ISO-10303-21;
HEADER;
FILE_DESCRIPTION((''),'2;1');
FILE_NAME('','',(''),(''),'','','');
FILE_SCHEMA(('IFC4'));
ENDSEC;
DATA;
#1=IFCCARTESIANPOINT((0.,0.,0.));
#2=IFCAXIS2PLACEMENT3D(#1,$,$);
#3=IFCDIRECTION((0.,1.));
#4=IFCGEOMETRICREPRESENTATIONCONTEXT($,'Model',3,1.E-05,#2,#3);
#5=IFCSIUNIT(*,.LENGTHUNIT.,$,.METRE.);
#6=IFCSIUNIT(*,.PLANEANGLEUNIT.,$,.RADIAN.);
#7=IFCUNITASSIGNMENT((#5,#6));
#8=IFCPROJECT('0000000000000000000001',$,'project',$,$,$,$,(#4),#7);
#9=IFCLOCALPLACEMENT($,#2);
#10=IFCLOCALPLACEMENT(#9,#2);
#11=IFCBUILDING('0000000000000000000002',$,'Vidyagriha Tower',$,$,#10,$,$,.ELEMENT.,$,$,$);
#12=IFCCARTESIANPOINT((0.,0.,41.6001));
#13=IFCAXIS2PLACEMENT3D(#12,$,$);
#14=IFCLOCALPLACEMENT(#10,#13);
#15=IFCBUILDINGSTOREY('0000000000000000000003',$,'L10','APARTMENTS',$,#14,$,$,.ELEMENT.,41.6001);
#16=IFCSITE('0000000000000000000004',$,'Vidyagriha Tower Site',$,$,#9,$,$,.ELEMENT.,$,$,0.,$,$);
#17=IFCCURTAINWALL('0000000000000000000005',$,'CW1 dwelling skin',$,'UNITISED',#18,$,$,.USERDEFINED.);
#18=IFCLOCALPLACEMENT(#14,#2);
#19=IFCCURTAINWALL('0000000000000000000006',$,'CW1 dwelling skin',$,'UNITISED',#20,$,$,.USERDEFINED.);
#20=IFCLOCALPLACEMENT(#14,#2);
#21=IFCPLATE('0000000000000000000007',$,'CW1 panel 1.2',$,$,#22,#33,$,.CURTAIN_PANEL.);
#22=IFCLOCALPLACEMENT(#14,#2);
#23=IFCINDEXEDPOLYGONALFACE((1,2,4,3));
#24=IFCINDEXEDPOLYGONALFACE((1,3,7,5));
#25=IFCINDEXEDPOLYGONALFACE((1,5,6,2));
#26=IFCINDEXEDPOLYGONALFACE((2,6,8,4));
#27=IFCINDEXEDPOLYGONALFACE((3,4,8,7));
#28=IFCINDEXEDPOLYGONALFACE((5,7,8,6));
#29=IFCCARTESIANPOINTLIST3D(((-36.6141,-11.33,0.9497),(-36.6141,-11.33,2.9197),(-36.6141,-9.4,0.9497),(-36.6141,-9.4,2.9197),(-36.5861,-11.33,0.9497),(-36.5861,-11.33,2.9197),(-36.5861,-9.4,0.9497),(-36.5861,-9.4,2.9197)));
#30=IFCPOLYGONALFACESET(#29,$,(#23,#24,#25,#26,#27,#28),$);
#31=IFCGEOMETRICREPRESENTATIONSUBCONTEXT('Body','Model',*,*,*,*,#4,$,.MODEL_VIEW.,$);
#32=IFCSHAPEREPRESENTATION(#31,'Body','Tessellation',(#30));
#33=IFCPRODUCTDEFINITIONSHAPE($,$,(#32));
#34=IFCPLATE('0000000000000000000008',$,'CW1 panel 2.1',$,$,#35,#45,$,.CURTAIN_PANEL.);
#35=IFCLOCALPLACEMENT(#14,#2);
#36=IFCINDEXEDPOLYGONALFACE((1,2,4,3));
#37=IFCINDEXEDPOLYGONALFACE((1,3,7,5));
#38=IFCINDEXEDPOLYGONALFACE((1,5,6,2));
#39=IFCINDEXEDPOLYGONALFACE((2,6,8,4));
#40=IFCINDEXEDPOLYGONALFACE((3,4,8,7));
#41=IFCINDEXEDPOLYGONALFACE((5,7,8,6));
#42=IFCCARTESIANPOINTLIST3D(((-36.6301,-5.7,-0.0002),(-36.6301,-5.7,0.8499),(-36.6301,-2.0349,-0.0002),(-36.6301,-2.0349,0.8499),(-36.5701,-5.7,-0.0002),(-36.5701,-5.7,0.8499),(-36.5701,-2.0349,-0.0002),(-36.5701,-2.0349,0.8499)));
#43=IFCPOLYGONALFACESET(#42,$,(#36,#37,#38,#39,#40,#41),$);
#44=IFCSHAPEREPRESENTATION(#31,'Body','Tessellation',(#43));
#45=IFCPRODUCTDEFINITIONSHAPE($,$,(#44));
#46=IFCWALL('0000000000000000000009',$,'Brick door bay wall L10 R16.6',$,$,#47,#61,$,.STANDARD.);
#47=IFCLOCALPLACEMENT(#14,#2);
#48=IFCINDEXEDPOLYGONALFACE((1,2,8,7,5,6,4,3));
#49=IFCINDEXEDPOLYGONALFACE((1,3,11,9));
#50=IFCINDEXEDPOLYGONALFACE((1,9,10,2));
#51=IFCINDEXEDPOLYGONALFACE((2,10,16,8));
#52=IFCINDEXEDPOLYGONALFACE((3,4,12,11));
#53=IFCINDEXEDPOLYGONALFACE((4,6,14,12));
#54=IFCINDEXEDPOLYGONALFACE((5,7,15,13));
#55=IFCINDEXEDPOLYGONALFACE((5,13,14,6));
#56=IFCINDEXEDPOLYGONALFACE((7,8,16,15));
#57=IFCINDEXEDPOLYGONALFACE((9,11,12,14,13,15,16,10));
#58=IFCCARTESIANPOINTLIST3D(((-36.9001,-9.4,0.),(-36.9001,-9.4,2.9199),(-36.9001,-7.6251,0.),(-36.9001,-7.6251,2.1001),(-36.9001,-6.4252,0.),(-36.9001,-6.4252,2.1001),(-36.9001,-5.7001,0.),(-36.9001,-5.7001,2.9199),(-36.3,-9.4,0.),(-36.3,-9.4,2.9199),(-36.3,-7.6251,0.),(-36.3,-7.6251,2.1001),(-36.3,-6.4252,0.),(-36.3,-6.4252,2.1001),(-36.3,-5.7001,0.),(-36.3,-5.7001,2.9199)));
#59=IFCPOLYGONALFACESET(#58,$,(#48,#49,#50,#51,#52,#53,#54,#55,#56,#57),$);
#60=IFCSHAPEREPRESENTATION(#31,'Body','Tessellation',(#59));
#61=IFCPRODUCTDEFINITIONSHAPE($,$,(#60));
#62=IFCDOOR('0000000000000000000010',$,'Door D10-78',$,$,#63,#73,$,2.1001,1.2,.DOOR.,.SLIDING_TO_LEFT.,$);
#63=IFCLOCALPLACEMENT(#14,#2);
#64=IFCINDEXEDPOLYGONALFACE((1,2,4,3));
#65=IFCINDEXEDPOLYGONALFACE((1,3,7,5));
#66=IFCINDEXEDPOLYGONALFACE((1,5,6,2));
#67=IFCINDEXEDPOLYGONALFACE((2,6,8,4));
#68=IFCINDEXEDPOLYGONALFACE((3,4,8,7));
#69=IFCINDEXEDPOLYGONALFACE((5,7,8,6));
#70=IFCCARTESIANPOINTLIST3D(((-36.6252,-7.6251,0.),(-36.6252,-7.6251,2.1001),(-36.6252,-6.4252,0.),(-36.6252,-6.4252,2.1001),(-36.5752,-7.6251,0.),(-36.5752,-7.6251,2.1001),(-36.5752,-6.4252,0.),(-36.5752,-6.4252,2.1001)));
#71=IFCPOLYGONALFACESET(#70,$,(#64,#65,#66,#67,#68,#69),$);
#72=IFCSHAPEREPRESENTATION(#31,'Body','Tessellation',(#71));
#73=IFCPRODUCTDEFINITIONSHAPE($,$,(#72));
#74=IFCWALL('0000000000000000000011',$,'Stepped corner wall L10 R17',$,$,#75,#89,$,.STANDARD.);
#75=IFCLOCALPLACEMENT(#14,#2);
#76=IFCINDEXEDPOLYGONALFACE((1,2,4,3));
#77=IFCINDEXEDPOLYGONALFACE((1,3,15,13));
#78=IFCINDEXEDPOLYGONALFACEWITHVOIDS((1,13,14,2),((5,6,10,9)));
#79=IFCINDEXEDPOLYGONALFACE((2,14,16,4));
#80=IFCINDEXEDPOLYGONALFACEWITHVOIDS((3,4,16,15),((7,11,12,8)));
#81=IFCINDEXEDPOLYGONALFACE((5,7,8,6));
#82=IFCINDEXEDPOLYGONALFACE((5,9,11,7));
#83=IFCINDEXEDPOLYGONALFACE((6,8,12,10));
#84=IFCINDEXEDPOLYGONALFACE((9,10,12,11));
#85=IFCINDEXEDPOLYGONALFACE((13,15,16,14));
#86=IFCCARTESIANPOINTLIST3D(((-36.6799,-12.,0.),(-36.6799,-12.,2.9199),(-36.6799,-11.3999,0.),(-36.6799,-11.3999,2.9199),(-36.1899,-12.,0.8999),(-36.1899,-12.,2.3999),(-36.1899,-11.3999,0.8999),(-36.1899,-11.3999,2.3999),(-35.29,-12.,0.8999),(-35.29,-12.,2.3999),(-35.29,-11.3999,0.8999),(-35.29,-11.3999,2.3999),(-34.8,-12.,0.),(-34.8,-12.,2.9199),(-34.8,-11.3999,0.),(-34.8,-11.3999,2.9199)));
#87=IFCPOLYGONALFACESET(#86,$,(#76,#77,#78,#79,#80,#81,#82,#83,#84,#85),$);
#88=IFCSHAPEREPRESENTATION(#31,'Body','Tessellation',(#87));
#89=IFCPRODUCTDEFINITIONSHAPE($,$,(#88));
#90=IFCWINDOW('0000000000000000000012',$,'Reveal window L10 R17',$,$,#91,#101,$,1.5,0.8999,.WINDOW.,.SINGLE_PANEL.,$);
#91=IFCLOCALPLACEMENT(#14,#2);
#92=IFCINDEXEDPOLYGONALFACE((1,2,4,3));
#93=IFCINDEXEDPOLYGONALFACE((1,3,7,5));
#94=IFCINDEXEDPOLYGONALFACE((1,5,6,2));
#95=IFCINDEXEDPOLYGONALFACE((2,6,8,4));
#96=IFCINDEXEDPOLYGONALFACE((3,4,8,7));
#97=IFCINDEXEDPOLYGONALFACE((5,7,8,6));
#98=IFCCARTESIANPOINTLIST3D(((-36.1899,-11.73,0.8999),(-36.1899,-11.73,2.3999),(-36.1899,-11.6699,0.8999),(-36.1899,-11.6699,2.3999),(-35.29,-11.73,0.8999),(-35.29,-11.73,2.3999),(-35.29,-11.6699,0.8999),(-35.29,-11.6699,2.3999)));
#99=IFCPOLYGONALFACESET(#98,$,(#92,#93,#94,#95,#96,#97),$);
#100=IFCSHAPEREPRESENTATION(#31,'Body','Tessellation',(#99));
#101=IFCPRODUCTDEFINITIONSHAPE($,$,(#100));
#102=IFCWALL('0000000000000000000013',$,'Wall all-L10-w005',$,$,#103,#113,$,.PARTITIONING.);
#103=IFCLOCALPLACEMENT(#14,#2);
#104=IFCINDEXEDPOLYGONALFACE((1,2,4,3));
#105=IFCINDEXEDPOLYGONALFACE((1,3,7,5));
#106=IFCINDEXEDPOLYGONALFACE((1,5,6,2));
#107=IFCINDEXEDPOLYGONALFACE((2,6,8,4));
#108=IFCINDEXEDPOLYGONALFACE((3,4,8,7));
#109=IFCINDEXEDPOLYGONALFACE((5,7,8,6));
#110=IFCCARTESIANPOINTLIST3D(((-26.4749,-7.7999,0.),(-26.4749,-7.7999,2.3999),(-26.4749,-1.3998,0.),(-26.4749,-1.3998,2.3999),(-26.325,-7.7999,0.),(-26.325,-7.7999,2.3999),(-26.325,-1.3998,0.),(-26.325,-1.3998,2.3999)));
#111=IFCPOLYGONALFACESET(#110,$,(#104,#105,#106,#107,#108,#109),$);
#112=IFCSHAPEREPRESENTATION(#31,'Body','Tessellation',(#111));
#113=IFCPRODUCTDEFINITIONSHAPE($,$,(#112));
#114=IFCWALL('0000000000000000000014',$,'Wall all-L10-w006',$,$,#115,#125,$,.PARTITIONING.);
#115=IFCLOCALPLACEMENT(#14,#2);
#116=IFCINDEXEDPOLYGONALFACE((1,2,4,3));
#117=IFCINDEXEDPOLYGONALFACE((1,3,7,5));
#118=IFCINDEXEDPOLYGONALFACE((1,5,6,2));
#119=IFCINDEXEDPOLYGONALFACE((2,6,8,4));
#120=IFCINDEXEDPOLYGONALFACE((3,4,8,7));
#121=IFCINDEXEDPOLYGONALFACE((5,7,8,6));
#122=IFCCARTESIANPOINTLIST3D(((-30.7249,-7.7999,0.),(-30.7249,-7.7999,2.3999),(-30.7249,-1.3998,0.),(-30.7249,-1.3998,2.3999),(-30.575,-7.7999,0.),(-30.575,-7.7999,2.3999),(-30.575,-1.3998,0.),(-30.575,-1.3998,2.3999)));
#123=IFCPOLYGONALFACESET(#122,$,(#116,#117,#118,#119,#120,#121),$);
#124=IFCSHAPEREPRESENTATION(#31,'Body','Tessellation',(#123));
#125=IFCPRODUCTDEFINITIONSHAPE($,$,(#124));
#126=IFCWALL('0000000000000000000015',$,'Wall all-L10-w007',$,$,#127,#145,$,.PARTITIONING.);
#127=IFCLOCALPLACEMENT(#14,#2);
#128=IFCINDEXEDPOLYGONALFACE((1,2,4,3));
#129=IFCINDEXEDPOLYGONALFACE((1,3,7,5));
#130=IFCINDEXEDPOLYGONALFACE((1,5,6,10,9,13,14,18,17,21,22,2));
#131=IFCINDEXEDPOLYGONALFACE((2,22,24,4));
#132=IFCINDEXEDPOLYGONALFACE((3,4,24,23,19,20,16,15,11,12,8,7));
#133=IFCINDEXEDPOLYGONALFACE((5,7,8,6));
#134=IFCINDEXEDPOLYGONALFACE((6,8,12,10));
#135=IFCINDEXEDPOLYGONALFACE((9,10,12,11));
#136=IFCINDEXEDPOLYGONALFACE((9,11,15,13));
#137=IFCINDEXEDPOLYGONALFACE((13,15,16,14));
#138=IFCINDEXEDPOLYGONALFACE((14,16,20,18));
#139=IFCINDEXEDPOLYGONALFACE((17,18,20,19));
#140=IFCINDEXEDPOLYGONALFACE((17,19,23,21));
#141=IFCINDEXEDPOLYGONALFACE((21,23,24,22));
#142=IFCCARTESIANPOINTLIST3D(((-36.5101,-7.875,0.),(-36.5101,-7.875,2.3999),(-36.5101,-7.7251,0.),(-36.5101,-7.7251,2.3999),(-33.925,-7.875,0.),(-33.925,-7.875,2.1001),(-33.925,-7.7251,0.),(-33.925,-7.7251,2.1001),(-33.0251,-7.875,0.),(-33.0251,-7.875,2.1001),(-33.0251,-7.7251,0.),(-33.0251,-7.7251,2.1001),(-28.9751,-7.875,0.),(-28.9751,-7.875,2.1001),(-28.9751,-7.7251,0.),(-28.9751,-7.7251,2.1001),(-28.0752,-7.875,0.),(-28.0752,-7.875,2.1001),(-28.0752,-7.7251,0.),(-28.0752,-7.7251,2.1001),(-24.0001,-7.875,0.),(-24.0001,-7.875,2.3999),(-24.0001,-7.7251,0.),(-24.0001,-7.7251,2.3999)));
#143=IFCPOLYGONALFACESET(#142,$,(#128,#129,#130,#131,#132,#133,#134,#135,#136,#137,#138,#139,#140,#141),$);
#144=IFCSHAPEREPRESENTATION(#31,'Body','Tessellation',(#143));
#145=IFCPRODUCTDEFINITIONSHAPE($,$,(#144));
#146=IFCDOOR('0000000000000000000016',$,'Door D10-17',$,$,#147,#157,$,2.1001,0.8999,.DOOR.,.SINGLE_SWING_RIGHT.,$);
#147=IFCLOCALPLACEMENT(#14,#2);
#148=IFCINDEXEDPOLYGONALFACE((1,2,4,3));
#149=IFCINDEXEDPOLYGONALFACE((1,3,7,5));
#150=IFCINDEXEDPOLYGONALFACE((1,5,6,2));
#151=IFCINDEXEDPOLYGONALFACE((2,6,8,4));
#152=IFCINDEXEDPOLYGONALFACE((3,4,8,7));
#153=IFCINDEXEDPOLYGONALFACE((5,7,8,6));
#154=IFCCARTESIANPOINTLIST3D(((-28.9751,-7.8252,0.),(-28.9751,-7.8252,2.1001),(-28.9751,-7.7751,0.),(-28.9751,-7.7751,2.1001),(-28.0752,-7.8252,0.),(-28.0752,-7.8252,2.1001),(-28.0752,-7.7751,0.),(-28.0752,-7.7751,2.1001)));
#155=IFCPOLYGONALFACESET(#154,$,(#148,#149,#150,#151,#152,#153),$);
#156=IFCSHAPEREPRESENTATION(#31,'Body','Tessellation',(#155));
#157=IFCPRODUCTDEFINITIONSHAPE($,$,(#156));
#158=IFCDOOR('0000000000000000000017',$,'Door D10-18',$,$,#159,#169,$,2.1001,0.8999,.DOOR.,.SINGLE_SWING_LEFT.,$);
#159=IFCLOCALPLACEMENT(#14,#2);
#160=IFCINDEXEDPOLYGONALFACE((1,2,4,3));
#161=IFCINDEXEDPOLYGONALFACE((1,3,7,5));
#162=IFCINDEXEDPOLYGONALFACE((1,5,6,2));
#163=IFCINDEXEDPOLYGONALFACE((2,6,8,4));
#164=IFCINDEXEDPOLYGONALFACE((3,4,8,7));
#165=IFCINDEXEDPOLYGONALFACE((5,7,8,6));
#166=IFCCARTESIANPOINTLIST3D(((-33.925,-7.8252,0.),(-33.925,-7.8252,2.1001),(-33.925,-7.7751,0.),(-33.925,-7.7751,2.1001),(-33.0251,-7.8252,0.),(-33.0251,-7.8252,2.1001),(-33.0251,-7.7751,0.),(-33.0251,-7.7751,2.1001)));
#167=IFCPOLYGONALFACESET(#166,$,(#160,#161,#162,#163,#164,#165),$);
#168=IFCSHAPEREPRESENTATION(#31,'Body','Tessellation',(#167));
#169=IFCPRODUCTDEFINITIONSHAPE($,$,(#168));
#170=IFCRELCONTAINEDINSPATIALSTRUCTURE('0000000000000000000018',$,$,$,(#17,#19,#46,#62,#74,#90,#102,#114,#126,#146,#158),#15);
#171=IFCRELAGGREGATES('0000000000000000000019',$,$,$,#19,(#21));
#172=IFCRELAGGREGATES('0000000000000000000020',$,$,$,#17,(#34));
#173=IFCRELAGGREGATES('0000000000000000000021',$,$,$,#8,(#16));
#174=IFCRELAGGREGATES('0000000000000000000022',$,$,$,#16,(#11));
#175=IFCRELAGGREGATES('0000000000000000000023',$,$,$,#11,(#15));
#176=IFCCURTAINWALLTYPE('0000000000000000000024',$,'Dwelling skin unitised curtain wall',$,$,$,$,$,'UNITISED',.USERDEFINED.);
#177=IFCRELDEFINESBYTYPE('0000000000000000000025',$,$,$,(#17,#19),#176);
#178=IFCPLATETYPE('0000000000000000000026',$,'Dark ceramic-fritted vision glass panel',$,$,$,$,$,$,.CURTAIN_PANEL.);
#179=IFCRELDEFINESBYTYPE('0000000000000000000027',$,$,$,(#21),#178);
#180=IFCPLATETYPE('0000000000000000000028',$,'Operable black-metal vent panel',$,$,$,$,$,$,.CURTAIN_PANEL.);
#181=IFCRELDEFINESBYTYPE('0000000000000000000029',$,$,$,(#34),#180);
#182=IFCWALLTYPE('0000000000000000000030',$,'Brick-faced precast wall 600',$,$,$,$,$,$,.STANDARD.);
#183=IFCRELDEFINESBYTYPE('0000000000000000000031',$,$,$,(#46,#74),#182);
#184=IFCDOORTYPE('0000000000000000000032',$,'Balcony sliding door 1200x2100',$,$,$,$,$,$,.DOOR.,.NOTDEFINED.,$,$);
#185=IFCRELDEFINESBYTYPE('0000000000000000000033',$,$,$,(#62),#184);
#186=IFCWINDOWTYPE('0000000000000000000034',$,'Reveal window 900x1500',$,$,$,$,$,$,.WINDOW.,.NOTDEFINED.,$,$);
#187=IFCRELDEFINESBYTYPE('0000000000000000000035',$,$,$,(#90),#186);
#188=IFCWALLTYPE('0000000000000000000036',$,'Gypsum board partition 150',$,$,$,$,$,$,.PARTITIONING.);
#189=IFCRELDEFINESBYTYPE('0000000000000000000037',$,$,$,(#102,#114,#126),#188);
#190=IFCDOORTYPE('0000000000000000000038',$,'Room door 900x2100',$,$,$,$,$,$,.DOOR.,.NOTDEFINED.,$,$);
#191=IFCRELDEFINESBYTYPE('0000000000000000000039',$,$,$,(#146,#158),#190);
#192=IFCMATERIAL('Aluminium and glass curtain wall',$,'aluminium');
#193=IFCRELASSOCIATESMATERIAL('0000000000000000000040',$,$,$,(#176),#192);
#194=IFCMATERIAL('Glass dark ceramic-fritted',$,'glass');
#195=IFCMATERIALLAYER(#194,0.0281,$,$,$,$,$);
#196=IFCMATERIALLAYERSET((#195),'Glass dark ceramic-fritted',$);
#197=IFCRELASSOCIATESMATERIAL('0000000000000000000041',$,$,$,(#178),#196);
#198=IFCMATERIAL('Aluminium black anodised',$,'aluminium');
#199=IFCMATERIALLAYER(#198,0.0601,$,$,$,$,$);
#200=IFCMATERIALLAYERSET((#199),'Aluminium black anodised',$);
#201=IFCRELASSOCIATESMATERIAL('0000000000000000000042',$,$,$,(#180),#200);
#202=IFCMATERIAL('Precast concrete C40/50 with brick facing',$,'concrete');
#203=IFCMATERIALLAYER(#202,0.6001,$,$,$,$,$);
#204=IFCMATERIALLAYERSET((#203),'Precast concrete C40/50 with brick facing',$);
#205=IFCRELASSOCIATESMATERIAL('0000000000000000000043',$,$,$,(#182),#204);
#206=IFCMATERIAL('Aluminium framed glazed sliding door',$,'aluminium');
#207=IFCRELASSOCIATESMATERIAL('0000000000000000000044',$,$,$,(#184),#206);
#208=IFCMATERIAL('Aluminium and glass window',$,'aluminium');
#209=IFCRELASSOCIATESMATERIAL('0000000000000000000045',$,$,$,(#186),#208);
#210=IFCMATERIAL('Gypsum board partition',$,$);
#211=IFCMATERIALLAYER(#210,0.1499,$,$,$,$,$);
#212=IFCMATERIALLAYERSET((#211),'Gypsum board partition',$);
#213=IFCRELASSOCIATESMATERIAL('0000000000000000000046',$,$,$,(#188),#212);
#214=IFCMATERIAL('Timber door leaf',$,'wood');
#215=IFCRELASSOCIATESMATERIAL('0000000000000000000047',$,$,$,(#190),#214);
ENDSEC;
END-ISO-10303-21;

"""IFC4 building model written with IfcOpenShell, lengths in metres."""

from ifc_helpers import new_model, si_unit, direction, frame, frame_2d, origin, origin_2d, place, context, subcontext, project, spatial, rectangle, extrude, material, layer, layer_set, type_object, element, fill, aggregate, save


model = new_model("IFC4")

# Units and contexts
model_context = context("Model", 3, precision=1e-05, world=origin(), true_north=direction((0.0, 1.0)))
body_context = subcontext(model_context, "Body", "Model", "MODEL_VIEW")
ifc_project = project(units=[si_unit("LENGTHUNIT", "METRE"), si_unit("PLANEANGLEUNIT", "RADIAN")], contexts=[model_context])

# Site, building, storey
site_placement = place(None, origin())
site = spatial("IfcSite", under=ifc_project, at=site_placement, Name="Vidyagriha Tower Site", CompositionType="ELEMENT", RefElevation=0.0)
building_placement = place(site_placement, origin())
building = spatial("IfcBuilding", under=site, at=building_placement, Name="Vidyagriha Tower", CompositionType="ELEMENT")
storey_placement = place(building_placement, frame((0.0, 0.0, 41.6001)))
storey = spatial("IfcBuildingStorey", under=building, at=storey_placement, Name="L10", Description="APARTMENTS", CompositionType="ELEMENT", Elevation=41.6001)

# Curtain walls
ifc_material_1 = material(Name="Aluminium and glass curtain wall", Category="aluminium")
curtain_wall_type = type_object("IfcCurtainWallType", Name="Dwelling skin unitised curtain wall", ElementType="UNITISED", PredefinedType="USERDEFINED", material=ifc_material_1)
curtain_wall_1_placement = place(storey_placement, origin())
curtain_wall_1 = element("IfcCurtainWall", 1, at=curtain_wall_1_placement, inside=storey, type_object=curtain_wall_type, Name="CW1 dwelling skin", ObjectType="UNITISED", PredefinedType="USERDEFINED")
curtain_wall_2_placement = place(storey_placement, origin())
curtain_wall_2 = element("IfcCurtainWall", 2, at=curtain_wall_2_placement, inside=storey, type_object=curtain_wall_type, Name="CW1 dwelling skin", ObjectType="UNITISED", PredefinedType="USERDEFINED")

# Plates
ifc_material_2 = material(Name="Glass dark ceramic-fritted", Category="glass")
ifc_layer_1 = layer(ifc_material_2, 0.0281)
ifc_layer_set_1 = layer_set([ifc_layer_1], Name="Glass dark ceramic-fritted")
plate_type_1 = type_object("IfcPlateType", Name="Dark ceramic-fritted vision glass panel", PredefinedType="CURTAIN_PANEL", material=ifc_layer_set_1)
plate_1_placement = place(storey_placement, frame((-36.6001, -10.365, 0.9497), z_axis=(0.0, 0.0, 1.0), x_axis=(0.0, -1.0, 0.0)))
plate_1 = element("IfcPlate", 3, at=plate_1_placement, type_object=plate_type_1, Name="CW1 panel 1.2", PredefinedType="CURTAIN_PANEL", context=body_context, shape_type="SweptSolid", body=[
    extrude(rectangle(XDim=1.9299, YDim=0.0281, at=origin_2d()), origin(), (0.0, 0.0, 1.0), 1.97),
])
aggregate(curtain_wall_2, [plate_1])
ifc_material_3 = material(Name="Aluminium black anodised", Category="aluminium")
ifc_layer_2 = layer(ifc_material_3, 0.0601)
ifc_layer_set_2 = layer_set([ifc_layer_2], Name="Aluminium black anodised")
plate_type_2 = type_object("IfcPlateType", Name="Operable black-metal vent panel", PredefinedType="CURTAIN_PANEL", material=ifc_layer_set_2)
plate_2_placement = place(storey_placement, frame((-36.6001, -3.8674, -0.0002), z_axis=(0.0, 0.0, 1.0), x_axis=(0.0, -1.0, 0.0)))
plate_2 = element("IfcPlate", 4, at=plate_2_placement, type_object=plate_type_2, Name="CW1 panel 2.1", PredefinedType="CURTAIN_PANEL", context=body_context, shape_type="SweptSolid", body=[
    extrude(rectangle(XDim=3.665, YDim=0.0601, at=origin_2d()), origin(), (0.0, 0.0, 1.0), 0.8501),
])
aggregate(curtain_wall_1, [plate_2])

# Wall, opening, door
ifc_material_4 = material(Name="Precast concrete C40/50 with brick facing", Category="concrete")
ifc_layer_3 = layer(ifc_material_4, 0.6001)
ifc_layer_set_3 = layer_set([ifc_layer_3], Name="Precast concrete C40/50 with brick facing")
wall_type_1 = type_object("IfcWallType", Name="Brick-faced precast wall 600", PredefinedType="STANDARD", material=ifc_layer_set_3)
wall_1_placement = place(storey_placement, frame((-36.6001, -5.7, 0.0), z_axis=(0.0, 0.0, 1.0), x_axis=(0.0, -1.0, 0.0)))
wall_1 = element("IfcWall", 5, at=wall_1_placement, inside=storey, type_object=wall_type_1, Name="Brick door bay wall L10 R16.6", PredefinedType="STANDARD", context=body_context, shape_type="SweptSolid", body=[
    extrude(rectangle(XDim=3.7, YDim=0.6001, at=frame_2d((1.8501, 0.0))), origin(), (0.0, 0.0, 1.0), 2.9199),
])
opening_1_placement = place(wall_1_placement, frame((0.7251, 0.0, 0.0)))
opening_1 = element("IfcOpeningElement", 6, at=opening_1_placement, cuts=wall_1, PredefinedType="OPENING", context=body_context, shape_type="SweptSolid", body=[
    extrude(rectangle(XDim=1.2, YDim=2.1001, at=frame_2d((0.6001, 1.05))), frame((0.0, 0.3101, 0.0), z_axis=(0.0, -1.0, 0.0), x_axis=(1.0, 0.0, 0.0)), (0.0, 0.0, 1.0), 0.6201),
])
ifc_material_5 = material(Name="Aluminium framed glazed sliding door", Category="aluminium")
door_type_1 = type_object("IfcDoorType", Name="Balcony sliding door 1200x2100", OperationType="NOTDEFINED", PredefinedType="DOOR", material=ifc_material_5)
door_1_placement = place(opening_1_placement, origin())
door_1 = element("IfcDoor", 7, at=door_1_placement, inside=storey, type_object=door_type_1, Name="Door D10-78", OperationType="SLIDING_TO_LEFT", OverallHeight=2.1001, OverallWidth=1.2, PredefinedType="DOOR", context=body_context, shape_type="SweptSolid", body=[
    extrude(rectangle(XDim=1.2, YDim=2.1001, at=frame_2d((0.6001, 1.05))), frame((0.0, 0.0249, 0.0), z_axis=(0.0, -1.0, 0.0), x_axis=(1.0, 0.0, 0.0)), (0.0, 0.0, 1.0), 0.05),
])
fill(opening_1, door_1)

# Wall, opening, window
wall_2_placement = place(storey_placement, frame((-36.6799, -11.7, 0.0)))
wall_2 = element("IfcWall", 8, at=wall_2_placement, inside=storey, type_object=wall_type_1, Name="Stepped corner wall L10 R17", PredefinedType="STANDARD", context=body_context, shape_type="SweptSolid", body=[
    extrude(rectangle(XDim=1.8799, YDim=0.6001, at=frame_2d((0.9399, 0.0))), origin(), (0.0, 0.0, 1.0), 2.9199),
])
opening_2_placement = place(wall_2_placement, frame((0.49, 0.0, 0.8999)))
opening_2 = element("IfcOpeningElement", 9, at=opening_2_placement, cuts=wall_2, PredefinedType="OPENING", context=body_context, shape_type="SweptSolid", body=[
    extrude(rectangle(XDim=0.8999, YDim=1.5, at=frame_2d((0.45, 0.75))), frame((0.0, 0.3101, 0.0), z_axis=(0.0, -1.0, 0.0), x_axis=(1.0, 0.0, 0.0)), (0.0, 0.0, 1.0), 0.6201),
])
ifc_material_6 = material(Name="Aluminium and glass window", Category="aluminium")
window_type = type_object("IfcWindowType", Name="Reveal window 900x1500", PartitioningType="NOTDEFINED", PredefinedType="WINDOW", material=ifc_material_6)
window_placement = place(opening_2_placement, origin())
window = element("IfcWindow", 10, at=window_placement, inside=storey, type_object=window_type, Name="Reveal window L10 R17", OverallHeight=1.5, OverallWidth=0.8999, PartitioningType="SINGLE_PANEL", PredefinedType="WINDOW", context=body_context, shape_type="SweptSolid", body=[
    extrude(rectangle(XDim=0.8999, YDim=1.5, at=frame_2d((0.45, 0.75))), frame((0.0, 0.03, 0.0), z_axis=(0.0, -1.0, 0.0), x_axis=(1.0, 0.0, 0.0)), (0.0, 0.0, 1.0), 0.0601),
])
fill(opening_2, window)

# Walls
ifc_material_7 = material(Name="Gypsum board partition")
ifc_layer_4 = layer(ifc_material_7, 0.1499)
ifc_layer_set_4 = layer_set([ifc_layer_4], Name="Gypsum board partition")
wall_type_2 = type_object("IfcWallType", Name="Gypsum board partition 150", PredefinedType="PARTITIONING", material=ifc_layer_set_4)
for number, where, z_axis, x_axis, name in (
    (11, (-26.3999, -7.8, 0.0), (0.0, 0.0, 1.0), (0.0, 1.0, 0.0), "Wall all-L10-w005"),
    (12, (-30.6499, -7.8, 0.0), (0.0, 0.0, 1.0), (0.0, 1.0, 0.0), "Wall all-L10-w006"),
):
    element("IfcWall", number, at=place(storey_placement, frame(where, z_axis=z_axis, x_axis=x_axis)), inside=storey, type_object=wall_type_2, Name=name, PredefinedType="PARTITIONING", context=body_context, shape_type="SweptSolid", body=[
        extrude(rectangle(XDim=6.4001, YDim=0.1499, at=frame_2d((3.2002, 0.0))), origin(), (0.0, 0.0, 1.0), 2.3999),
    ])

# Wall, openings, doors
wall_3_placement = place(storey_placement, frame((-36.51, -7.8, 0.0)))
wall_3 = element("IfcWall", 13, at=wall_3_placement, inside=storey, type_object=wall_type_2, Name="Wall all-L10-w007", PredefinedType="PARTITIONING", context=body_context, shape_type="SweptSolid", body=[
    extrude(rectangle(XDim=12.51, YDim=0.1499, at=frame_2d((6.2549, 0.0))), origin(), (0.0, 0.0, 1.0), 2.3999),
])
opening_3_placement = place(wall_3_placement, frame((7.5349, 0.0, 0.0)))
opening_3 = element("IfcOpeningElement", 14, at=opening_3_placement, cuts=wall_3, PredefinedType="OPENING", context=body_context, shape_type="SweptSolid", body=[
    extrude(rectangle(XDim=0.8999, YDim=2.1001, at=frame_2d((0.45, 1.05))), frame((0.0, 0.085, 0.0), z_axis=(0.0, -1.0, 0.0), x_axis=(1.0, 0.0, 0.0)), (0.0, 0.0, 1.0), 0.1699),
])
opening_4_placement = place(wall_3_placement, frame((2.585, 0.0, 0.0)))
opening_4 = element("IfcOpeningElement", 15, at=opening_4_placement, cuts=wall_3, PredefinedType="OPENING", context=body_context, shape_type="SweptSolid", body=[
    extrude(rectangle(XDim=0.8999, YDim=2.1001, at=frame_2d((0.45, 1.05))), frame((0.0, 0.085, 0.0), z_axis=(0.0, -1.0, 0.0), x_axis=(1.0, 0.0, 0.0)), (0.0, 0.0, 1.0), 0.1699),
])
ifc_material_8 = material(Name="Timber door leaf", Category="wood")
door_type_2 = type_object("IfcDoorType", Name="Room door 900x2100", OperationType="NOTDEFINED", PredefinedType="DOOR", material=ifc_material_8)
door_2_placement = place(opening_3_placement, origin())
door_2 = element("IfcDoor", 16, at=door_2_placement, inside=storey, type_object=door_type_2, Name="Door D10-17", OperationType="SINGLE_SWING_RIGHT", OverallHeight=2.1001, OverallWidth=0.8999, PredefinedType="DOOR", context=body_context, shape_type="SweptSolid", body=[
    extrude(rectangle(XDim=0.8999, YDim=2.1001, at=frame_2d((0.45, 1.05))), frame((0.0, 0.0249, 0.0), z_axis=(0.0, -1.0, 0.0), x_axis=(1.0, 0.0, 0.0)), (0.0, 0.0, 1.0), 0.05),
])
fill(opening_3, door_2)
door_3_placement = place(opening_4_placement, origin())
door_3 = element("IfcDoor", 17, at=door_3_placement, inside=storey, type_object=door_type_2, Name="Door D10-18", OperationType="SINGLE_SWING_LEFT", OverallHeight=2.1001, OverallWidth=0.8999, PredefinedType="DOOR", context=body_context, shape_type="SweptSolid", body=[
    extrude(rectangle(XDim=0.8999, YDim=2.1001, at=frame_2d((0.45, 1.05))), frame((0.0, 0.0249, 0.0), z_axis=(0.0, -1.0, 0.0), x_axis=(1.0, 0.0, 0.0)), (0.0, 0.0, 1.0), 0.05),
])
fill(opening_4, door_3)

save(model, "model.ifc")
